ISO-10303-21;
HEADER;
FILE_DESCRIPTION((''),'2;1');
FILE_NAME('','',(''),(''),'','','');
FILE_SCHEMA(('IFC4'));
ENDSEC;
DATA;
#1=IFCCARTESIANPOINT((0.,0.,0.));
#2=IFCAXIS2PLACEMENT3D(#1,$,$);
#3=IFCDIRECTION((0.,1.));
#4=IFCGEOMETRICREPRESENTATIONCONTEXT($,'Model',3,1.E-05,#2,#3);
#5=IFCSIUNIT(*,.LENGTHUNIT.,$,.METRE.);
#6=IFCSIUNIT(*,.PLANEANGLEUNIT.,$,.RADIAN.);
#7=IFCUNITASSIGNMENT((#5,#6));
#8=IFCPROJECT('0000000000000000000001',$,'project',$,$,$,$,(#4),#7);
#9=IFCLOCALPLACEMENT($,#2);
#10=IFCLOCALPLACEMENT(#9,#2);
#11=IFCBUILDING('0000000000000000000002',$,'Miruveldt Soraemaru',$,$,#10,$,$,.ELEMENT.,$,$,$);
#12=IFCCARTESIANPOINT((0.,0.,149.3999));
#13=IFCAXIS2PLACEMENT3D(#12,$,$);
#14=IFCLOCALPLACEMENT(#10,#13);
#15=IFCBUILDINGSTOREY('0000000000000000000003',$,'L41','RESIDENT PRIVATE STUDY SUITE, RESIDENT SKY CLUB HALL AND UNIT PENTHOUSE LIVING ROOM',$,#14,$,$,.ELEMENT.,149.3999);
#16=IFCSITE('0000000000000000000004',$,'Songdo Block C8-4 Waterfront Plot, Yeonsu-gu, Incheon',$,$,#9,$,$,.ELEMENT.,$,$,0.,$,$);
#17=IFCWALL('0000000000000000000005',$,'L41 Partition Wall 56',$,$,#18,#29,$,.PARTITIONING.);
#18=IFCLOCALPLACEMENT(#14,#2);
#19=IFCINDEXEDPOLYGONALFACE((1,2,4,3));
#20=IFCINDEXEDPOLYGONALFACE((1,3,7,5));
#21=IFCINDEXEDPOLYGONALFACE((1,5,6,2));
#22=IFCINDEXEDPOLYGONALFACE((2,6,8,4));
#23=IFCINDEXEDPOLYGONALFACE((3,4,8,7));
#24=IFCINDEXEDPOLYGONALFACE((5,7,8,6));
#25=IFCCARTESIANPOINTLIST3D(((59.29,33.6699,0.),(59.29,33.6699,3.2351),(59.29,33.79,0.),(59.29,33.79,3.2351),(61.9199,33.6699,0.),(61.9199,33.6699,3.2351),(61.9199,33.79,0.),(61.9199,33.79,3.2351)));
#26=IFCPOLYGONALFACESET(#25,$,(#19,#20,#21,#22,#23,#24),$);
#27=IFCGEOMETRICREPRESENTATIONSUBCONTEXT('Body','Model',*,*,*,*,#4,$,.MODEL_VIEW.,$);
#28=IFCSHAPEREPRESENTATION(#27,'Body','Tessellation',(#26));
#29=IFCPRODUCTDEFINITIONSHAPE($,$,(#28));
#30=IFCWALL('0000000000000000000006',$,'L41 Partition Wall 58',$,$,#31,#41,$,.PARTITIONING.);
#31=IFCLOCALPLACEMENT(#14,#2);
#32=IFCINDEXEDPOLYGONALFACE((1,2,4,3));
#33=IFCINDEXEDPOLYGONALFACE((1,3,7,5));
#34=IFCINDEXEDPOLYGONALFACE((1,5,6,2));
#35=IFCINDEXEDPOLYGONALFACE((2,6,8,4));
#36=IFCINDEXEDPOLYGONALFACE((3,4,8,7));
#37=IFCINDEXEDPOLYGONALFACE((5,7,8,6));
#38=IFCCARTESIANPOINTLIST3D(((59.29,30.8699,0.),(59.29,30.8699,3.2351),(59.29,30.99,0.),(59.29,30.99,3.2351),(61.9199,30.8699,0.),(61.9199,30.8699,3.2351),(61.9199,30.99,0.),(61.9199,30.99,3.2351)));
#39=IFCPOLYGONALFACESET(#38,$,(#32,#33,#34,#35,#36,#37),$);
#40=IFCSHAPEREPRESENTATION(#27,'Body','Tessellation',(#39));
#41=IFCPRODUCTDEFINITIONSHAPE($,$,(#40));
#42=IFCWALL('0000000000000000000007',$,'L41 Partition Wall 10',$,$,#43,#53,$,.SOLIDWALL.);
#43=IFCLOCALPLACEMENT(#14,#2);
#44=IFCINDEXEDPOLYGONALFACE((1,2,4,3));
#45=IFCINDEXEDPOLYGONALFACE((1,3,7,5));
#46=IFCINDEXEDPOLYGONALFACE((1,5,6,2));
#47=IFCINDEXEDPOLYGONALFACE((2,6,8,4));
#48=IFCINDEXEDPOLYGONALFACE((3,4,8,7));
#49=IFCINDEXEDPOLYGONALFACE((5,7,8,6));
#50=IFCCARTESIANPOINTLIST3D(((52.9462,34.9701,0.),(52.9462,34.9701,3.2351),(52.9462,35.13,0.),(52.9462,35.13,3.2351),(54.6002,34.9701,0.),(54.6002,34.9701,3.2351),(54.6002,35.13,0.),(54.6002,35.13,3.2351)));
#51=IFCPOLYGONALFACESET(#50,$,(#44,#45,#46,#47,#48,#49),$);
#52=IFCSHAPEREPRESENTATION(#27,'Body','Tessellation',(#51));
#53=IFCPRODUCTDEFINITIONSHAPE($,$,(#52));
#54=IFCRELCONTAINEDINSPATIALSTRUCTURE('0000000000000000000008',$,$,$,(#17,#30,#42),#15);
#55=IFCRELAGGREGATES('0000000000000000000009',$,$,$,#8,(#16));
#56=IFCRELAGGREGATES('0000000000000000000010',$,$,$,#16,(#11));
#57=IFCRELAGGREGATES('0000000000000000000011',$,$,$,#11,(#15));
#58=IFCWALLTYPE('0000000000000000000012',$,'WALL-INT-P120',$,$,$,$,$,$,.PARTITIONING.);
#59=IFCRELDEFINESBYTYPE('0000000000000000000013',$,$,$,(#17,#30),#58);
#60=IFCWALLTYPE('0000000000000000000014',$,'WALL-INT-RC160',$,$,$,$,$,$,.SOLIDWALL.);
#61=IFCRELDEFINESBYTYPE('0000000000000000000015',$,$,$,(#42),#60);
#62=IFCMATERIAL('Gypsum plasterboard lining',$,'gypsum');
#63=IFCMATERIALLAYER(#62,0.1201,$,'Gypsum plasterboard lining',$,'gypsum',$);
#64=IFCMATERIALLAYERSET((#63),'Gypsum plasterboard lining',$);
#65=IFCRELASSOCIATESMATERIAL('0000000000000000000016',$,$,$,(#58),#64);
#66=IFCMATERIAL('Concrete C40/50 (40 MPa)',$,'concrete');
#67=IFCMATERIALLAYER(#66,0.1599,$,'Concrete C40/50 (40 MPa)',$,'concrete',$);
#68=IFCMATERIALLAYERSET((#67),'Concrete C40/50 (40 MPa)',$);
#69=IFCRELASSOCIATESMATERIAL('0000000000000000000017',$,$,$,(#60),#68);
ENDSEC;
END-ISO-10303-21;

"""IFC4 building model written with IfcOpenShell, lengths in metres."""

from ifc_helpers import new_model, si_unit, direction, frame, frame_2d, origin, place, context, subcontext, project, spatial, rectangle, extrude, material, layer, layer_set, type_object, element, save


model = new_model("IFC4")

# Units and contexts
model_context = context("Model", 3, precision=1e-05, world=origin(), true_north=direction((0.0, 1.0)))
body_context = subcontext(model_context, "Body", "Model", "MODEL_VIEW")
ifc_project = project(units=[si_unit("LENGTHUNIT", "METRE"), si_unit("PLANEANGLEUNIT", "RADIAN")], contexts=[model_context])

# Site, building, storey
site_placement = place(None, origin())
site = spatial("IfcSite", under=ifc_project, at=site_placement, Name="Songdo Block C8-4 Waterfront Plot, Yeonsu-gu, Incheon", CompositionType="ELEMENT", RefElevation=0.0)
building_placement = place(site_placement, origin())
building = spatial("IfcBuilding", under=site, at=building_placement, Name="Miruveldt Soraemaru", CompositionType="ELEMENT")
storey_placement = place(building_placement, frame((0.0, 0.0, 149.3999)))
storey = spatial("IfcBuildingStorey", under=building, at=storey_placement, Name="L41", Description="RESIDENT PRIVATE STUDY SUITE, RESIDENT SKY CLUB HALL AND UNIT PENTHOUSE LIVING ROOM", CompositionType="ELEMENT", Elevation=149.3999)

# Shared definitions
ifc_material_1 = material(Name="Gypsum plasterboard lining", Category="gypsum")
ifc_layer_1 = layer(ifc_material_1, 0.1201, Name="Gypsum plasterboard lining", Category="gypsum")
ifc_layer_set_1 = layer_set([ifc_layer_1], Name="Gypsum plasterboard lining")
wall_type_1 = type_object("IfcWallType", Name="WALL-INT-P120", PredefinedType="PARTITIONING", material=ifc_layer_set_1)

# Walls
for number, where, z_axis, x_axis, name in (
    (1, (61.9199, 33.73, 0.0), (0.0, 0.0, 1.0), (-1.0, 0.0, 0.0), "L41 Partition Wall 56"),
    (2, (59.29, 30.9299, 0.0), (0.0, 0.0, 1.0), (1.0, 0.0, 0.0), "L41 Partition Wall 58"),
):
    element("IfcWall", number, at=place(storey_placement, frame(where, z_axis=z_axis, x_axis=x_axis)), inside=storey, type_object=wall_type_1, Name=name, PredefinedType="PARTITIONING", context=body_context, shape_type="SweptSolid", body=[
        extrude(rectangle(XDim=2.6299, YDim=0.1201, at=frame_2d((1.3149, 0.0))), origin(), (0.0, 0.0, 1.0), 3.2351),
    ])
ifc_material_2 = material(Name="Concrete C40/50 (40 MPa)", Category="concrete")
ifc_layer_2 = layer(ifc_material_2, 0.1599, Name="Concrete C40/50 (40 MPa)", Category="concrete")
ifc_layer_set_2 = layer_set([ifc_layer_2], Name="Concrete C40/50 (40 MPa)")
wall_type_2 = type_object("IfcWallType", Name="WALL-INT-RC160", PredefinedType="SOLIDWALL", material=ifc_layer_set_2)
wall_1_placement = place(storey_placement, frame((52.946, 35.05, 0.0), z_axis=(0.0, 0.0, 1.0), x_axis=(1.0, 0.0, 0.0)))
element("IfcWall", 3, at=wall_1_placement, inside=storey, type_object=wall_type_2, Name="L41 Partition Wall 10", PredefinedType="SOLIDWALL", context=body_context, shape_type="SweptSolid", body=[
    extrude(rectangle(XDim=1.6541, YDim=0.1599, at=frame_2d((0.8271, 0.0))), origin(), (0.0, 0.0, 1.0), 3.2351),
])

save(model, "model.ifc")
